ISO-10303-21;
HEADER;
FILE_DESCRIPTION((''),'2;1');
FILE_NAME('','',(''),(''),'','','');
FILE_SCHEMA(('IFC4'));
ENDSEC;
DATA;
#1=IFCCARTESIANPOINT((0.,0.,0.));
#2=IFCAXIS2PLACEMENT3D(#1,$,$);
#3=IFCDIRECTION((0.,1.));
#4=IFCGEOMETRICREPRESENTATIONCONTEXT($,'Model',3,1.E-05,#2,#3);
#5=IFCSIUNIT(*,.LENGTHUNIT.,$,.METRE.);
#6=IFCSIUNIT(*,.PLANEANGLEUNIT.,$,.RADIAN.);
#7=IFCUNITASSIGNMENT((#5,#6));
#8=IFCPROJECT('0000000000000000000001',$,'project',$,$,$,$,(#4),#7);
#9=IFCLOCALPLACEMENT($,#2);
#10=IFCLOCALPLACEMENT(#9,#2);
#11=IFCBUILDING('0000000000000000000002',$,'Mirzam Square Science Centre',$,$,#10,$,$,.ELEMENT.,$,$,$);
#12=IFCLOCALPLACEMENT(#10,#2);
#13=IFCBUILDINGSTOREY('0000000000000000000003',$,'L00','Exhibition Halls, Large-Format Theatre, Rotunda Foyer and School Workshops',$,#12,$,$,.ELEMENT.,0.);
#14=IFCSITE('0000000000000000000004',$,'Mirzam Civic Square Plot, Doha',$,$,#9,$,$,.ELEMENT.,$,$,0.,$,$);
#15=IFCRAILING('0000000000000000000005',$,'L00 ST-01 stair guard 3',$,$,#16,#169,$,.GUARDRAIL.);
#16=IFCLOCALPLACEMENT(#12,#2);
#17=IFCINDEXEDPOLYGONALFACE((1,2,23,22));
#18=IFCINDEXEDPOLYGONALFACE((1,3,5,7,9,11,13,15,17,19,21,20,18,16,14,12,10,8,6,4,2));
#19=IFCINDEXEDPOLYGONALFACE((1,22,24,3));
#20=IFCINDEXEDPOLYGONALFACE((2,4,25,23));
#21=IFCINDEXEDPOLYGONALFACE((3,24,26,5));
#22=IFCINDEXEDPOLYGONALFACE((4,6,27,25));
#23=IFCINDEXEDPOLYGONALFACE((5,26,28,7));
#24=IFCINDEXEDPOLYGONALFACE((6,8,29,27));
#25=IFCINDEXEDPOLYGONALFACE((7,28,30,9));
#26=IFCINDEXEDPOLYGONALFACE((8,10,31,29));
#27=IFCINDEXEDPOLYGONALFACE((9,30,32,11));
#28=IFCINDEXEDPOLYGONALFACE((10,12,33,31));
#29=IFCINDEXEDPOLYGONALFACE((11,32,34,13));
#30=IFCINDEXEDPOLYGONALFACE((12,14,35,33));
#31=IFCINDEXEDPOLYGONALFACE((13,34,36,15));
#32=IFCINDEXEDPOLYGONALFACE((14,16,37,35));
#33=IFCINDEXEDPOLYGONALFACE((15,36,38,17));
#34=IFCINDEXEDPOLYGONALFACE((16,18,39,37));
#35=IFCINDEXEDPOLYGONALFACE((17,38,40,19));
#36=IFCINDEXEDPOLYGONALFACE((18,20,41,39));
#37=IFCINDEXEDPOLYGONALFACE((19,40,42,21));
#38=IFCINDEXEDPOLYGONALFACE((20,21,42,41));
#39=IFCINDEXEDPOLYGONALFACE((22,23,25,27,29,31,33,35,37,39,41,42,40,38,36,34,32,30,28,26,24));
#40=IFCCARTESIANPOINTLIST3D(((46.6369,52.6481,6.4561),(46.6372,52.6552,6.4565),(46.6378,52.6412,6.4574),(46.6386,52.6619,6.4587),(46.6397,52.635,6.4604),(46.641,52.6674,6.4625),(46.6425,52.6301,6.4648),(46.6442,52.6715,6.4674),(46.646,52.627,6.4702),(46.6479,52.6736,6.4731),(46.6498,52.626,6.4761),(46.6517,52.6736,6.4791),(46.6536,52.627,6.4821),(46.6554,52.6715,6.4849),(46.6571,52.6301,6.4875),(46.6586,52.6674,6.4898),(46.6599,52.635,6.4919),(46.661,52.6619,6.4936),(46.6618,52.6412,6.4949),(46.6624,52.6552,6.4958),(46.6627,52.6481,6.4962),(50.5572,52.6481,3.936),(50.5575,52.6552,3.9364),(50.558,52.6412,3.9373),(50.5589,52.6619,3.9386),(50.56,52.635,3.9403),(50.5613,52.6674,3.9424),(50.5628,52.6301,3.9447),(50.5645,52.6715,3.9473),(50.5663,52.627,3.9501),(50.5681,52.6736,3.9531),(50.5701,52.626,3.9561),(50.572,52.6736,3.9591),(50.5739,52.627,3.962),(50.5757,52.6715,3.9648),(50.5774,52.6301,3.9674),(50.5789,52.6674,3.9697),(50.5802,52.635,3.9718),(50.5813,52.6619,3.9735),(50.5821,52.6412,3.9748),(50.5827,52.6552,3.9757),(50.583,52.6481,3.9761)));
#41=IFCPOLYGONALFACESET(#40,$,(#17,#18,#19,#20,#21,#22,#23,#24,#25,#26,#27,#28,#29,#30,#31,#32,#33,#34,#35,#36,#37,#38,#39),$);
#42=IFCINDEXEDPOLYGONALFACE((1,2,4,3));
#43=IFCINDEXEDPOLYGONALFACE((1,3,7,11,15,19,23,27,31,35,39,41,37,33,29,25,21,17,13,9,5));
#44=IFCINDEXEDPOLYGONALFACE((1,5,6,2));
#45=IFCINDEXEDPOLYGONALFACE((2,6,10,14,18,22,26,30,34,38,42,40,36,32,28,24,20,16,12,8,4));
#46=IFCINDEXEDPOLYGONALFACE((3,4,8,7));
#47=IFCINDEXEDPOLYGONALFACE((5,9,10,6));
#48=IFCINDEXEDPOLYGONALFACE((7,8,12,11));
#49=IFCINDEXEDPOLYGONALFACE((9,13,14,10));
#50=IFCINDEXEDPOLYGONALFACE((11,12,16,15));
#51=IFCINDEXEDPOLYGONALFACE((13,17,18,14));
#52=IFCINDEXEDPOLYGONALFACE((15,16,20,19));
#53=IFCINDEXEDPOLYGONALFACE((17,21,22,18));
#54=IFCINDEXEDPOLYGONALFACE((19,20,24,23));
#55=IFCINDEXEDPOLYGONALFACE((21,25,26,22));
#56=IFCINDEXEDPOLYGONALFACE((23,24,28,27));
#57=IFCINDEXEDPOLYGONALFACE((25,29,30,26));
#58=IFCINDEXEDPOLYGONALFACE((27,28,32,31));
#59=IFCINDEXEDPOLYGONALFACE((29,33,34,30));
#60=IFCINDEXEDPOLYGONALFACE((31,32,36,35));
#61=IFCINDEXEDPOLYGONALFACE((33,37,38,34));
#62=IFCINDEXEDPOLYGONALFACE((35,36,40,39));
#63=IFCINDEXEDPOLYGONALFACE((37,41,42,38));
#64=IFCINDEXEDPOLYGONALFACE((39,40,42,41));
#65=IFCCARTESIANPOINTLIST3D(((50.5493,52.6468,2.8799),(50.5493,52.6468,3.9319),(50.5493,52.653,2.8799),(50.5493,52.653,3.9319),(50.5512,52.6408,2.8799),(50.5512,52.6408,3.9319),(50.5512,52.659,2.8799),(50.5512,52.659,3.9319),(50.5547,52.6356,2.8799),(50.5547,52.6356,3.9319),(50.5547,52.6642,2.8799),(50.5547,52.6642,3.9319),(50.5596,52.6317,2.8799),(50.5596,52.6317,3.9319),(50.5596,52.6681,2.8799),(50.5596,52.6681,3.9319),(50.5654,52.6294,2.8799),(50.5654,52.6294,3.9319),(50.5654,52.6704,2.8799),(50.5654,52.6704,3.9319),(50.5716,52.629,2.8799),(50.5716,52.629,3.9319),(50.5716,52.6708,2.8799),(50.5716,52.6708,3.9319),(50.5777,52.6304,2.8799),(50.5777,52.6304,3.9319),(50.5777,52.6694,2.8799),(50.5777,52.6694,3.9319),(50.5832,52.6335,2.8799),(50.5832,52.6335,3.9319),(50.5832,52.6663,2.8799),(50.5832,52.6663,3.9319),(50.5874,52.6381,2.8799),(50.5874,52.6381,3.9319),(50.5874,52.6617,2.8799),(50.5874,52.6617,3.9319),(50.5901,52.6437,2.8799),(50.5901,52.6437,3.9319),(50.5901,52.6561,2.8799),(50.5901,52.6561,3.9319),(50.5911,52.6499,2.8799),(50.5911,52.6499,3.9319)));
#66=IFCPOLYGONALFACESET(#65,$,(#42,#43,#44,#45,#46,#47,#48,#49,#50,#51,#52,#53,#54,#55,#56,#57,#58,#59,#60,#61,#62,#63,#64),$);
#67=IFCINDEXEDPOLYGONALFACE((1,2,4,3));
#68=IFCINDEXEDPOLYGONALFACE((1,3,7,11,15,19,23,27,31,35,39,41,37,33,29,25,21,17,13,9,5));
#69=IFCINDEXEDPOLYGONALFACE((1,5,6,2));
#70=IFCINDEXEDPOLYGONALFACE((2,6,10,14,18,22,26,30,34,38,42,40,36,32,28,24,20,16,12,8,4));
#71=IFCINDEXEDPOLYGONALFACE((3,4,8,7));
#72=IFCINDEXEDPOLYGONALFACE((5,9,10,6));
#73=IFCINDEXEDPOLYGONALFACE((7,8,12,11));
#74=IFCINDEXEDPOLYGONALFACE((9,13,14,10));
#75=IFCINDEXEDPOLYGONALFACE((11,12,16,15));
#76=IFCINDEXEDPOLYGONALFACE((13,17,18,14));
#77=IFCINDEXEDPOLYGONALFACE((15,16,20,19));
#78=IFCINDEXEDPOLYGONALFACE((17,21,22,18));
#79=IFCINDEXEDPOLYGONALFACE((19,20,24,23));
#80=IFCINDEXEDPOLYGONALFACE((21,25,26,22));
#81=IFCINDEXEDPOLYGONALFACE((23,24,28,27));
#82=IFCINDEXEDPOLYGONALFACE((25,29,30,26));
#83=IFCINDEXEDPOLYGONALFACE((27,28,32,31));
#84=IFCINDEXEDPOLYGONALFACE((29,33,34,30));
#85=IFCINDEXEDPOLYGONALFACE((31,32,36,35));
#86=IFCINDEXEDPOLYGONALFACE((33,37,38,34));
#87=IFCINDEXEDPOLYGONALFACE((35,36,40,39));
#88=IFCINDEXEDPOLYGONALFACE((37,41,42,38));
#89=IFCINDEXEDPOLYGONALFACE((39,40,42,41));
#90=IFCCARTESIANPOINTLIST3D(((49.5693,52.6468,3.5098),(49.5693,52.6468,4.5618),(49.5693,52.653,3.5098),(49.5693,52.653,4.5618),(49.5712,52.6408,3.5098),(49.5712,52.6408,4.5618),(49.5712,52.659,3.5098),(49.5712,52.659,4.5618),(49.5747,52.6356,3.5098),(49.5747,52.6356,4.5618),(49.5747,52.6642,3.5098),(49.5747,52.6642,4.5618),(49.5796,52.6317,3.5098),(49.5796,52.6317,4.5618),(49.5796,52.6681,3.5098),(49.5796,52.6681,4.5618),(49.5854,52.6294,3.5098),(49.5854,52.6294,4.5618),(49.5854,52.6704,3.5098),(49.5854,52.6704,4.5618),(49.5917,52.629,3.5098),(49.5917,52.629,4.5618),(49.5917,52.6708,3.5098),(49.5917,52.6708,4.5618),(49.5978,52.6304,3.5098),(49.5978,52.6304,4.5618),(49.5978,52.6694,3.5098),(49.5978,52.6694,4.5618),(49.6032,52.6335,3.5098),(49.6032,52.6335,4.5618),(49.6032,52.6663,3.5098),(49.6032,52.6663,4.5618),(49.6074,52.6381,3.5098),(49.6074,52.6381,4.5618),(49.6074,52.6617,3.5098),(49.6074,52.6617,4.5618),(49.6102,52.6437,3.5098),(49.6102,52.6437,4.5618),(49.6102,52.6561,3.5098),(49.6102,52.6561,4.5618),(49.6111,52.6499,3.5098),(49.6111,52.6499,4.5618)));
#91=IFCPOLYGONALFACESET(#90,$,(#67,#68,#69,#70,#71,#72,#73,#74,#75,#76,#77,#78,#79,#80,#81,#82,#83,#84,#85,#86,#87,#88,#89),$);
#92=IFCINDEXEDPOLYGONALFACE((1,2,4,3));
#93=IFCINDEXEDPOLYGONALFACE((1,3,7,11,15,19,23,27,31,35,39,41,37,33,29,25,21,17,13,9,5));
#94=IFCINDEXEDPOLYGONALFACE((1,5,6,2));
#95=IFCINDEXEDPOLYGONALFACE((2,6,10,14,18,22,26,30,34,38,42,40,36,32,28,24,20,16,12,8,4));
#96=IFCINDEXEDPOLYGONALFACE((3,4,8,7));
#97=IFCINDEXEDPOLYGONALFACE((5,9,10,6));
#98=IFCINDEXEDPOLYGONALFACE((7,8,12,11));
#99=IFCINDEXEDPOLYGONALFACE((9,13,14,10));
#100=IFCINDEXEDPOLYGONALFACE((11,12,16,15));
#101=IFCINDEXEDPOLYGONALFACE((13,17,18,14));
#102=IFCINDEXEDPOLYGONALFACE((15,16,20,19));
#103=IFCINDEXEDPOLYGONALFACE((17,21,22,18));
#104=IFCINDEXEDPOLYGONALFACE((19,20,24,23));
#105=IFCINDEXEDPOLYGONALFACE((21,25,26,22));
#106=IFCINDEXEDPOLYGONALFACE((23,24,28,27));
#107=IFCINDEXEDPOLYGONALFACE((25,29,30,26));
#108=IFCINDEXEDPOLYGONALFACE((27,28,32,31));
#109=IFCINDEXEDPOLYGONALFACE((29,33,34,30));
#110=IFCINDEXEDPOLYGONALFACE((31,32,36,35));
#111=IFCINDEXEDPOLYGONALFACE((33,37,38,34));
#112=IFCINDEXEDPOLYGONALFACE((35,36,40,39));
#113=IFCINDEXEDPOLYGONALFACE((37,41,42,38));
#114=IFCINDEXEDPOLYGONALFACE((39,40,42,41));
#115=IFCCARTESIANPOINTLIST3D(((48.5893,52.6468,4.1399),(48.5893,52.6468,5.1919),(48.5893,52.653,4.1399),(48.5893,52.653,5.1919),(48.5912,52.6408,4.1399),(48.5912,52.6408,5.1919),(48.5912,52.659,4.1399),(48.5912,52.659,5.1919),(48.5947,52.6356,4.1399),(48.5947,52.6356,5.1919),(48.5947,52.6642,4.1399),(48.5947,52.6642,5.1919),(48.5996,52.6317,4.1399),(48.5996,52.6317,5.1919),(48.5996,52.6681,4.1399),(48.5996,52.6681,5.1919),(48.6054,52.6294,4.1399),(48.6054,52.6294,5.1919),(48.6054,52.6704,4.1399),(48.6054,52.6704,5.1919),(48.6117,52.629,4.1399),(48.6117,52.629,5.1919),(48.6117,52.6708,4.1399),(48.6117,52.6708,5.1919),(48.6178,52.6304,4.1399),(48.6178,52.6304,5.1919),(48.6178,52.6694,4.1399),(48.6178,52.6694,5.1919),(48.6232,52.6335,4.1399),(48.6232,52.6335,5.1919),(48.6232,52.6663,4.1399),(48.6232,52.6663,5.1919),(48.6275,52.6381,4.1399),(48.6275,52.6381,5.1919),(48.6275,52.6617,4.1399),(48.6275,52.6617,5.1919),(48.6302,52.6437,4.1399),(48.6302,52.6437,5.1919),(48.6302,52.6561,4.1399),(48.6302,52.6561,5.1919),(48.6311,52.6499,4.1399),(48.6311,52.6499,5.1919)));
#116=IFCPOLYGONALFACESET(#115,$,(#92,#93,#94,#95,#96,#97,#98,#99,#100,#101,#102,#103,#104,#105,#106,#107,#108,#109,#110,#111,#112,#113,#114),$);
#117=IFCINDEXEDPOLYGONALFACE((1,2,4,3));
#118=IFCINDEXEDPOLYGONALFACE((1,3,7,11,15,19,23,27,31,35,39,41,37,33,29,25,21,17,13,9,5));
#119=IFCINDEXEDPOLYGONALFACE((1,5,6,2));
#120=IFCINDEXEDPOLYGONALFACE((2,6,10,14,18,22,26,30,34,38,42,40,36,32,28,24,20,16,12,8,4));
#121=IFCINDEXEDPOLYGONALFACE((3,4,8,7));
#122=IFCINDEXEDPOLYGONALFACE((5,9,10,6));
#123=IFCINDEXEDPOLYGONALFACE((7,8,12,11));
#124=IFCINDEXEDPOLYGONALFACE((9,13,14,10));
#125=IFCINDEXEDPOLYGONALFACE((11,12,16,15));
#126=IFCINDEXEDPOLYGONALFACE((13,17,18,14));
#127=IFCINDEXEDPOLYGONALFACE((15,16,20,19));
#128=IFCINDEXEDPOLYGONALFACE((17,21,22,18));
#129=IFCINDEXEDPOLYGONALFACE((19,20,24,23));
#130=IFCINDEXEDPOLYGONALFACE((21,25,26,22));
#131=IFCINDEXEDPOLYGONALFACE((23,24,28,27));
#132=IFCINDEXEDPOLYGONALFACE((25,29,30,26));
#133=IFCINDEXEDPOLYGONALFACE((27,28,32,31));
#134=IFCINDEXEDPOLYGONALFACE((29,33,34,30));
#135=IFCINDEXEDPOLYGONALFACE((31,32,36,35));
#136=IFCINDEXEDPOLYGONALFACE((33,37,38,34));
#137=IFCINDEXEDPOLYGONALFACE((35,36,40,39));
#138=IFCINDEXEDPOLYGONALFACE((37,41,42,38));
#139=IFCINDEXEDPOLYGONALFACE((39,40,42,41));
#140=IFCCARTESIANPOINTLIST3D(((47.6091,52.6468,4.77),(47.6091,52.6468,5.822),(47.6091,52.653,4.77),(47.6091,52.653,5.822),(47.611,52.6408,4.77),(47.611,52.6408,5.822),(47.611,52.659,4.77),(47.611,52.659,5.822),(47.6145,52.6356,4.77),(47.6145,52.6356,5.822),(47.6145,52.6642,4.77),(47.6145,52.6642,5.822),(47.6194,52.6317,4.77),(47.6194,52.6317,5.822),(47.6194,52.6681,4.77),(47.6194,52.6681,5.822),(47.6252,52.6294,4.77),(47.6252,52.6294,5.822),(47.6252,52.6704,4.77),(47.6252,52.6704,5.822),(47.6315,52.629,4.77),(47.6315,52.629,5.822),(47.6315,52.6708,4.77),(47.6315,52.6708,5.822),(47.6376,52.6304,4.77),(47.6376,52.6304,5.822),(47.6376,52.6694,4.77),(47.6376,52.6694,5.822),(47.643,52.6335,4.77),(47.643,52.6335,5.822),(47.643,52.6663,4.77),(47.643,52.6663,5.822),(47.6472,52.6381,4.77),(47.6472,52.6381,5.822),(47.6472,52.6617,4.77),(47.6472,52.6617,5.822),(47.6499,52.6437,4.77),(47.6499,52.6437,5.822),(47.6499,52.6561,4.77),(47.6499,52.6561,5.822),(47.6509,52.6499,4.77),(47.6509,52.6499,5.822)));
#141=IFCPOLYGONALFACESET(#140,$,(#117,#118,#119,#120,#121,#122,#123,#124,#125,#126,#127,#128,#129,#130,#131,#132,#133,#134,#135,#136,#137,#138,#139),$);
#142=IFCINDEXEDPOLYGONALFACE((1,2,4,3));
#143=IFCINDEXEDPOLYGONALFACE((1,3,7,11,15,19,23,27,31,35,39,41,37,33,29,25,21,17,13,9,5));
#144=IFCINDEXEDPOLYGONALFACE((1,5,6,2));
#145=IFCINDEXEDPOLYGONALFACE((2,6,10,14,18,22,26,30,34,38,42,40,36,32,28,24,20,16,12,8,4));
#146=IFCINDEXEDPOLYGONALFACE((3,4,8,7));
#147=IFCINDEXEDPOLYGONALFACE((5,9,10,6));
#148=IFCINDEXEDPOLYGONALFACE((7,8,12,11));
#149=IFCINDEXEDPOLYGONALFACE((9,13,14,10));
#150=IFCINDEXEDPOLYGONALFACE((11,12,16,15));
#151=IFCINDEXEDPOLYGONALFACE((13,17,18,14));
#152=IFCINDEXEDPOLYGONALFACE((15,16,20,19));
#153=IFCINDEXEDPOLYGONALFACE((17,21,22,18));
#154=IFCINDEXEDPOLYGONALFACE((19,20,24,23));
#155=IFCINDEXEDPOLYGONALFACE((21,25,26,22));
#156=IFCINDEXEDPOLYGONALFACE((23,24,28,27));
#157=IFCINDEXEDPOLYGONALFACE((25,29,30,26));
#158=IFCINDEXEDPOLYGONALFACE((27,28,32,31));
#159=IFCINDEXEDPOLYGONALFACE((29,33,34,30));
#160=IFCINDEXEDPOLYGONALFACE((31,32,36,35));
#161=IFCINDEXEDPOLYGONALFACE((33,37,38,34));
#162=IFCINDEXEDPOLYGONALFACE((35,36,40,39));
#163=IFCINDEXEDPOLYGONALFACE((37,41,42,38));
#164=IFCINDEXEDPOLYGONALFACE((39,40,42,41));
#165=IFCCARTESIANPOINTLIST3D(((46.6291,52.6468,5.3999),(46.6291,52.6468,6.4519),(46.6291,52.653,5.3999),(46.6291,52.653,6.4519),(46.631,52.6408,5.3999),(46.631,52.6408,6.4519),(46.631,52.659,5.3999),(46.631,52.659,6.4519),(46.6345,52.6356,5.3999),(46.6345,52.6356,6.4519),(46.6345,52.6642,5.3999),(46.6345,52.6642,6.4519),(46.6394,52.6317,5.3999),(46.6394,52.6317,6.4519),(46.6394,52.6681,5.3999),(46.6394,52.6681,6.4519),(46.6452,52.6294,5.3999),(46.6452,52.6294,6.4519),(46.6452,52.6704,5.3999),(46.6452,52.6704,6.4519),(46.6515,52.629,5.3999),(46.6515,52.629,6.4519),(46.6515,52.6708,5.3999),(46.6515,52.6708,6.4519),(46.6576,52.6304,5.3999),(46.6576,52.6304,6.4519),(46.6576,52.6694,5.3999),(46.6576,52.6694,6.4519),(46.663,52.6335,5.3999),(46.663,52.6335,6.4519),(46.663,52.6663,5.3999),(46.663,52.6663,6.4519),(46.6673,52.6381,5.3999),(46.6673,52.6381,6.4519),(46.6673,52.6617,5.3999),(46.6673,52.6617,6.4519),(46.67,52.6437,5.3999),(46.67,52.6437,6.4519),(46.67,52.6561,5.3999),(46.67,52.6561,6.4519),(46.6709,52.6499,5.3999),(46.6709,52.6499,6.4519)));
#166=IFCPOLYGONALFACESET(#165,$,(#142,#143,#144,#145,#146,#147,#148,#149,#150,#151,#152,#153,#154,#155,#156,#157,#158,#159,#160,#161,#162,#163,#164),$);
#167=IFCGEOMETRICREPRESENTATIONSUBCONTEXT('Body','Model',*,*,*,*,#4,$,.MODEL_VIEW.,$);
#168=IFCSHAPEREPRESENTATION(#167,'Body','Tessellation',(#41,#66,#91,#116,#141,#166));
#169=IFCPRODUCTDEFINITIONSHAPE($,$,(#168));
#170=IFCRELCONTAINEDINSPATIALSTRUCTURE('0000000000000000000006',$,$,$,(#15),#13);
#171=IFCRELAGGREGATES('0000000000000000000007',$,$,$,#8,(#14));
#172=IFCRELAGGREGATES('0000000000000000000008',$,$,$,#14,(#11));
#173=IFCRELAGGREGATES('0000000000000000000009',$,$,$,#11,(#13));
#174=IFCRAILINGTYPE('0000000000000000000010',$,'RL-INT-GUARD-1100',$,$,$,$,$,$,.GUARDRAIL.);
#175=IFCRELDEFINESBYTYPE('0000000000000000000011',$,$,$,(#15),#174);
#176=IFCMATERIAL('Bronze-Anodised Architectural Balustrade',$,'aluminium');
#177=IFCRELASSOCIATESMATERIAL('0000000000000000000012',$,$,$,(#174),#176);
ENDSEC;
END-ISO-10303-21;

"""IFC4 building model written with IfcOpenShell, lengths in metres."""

from ifc_helpers import new_model, si_unit, direction, frame, origin, origin_2d, place, context, subcontext, project, spatial, circle, extrude, material, type_object, element, save


model = new_model("IFC4")

# Units and contexts
model_context = context("Model", 3, precision=1e-05, world=origin(), true_north=direction((0.0, 1.0)))
body_context = subcontext(model_context, "Body", "Model", "MODEL_VIEW")
ifc_project = project(units=[si_unit("LENGTHUNIT", "METRE"), si_unit("PLANEANGLEUNIT", "RADIAN")], contexts=[model_context])

# Site, building, storey
site_placement = place(None, origin())
site = spatial("IfcSite", under=ifc_project, at=site_placement, Name="Mirzam Civic Square Plot, Doha", CompositionType="ELEMENT", RefElevation=0.0)
building_placement = place(site_placement, origin())
building = spatial("IfcBuilding", under=site, at=building_placement, Name="Mirzam Square Science Centre", CompositionType="ELEMENT")
storey_placement = place(building_placement, origin())
storey = spatial("IfcBuildingStorey", under=building, at=storey_placement, Name="L00", Description="Exhibition Halls, Large-Format Theatre, Rotunda Foyer and School Workshops", CompositionType="ELEMENT", Elevation=0.0)

# Railing
ifc_material_1 = material(Name="Bronze-Anodised Architectural Balustrade", Category="aluminium")
railing_type_1 = type_object("IfcRailingType", Name="RL-INT-GUARD-1100", PredefinedType="GUARDRAIL", material=ifc_material_1)
railing_1_placement = place(storey_placement, frame((50.5701, 52.6499, 2.8799)))
element("IfcRailing", 1, at=railing_1_placement, inside=storey, type_object=railing_type_1, Name="L00 ST-01 stair guard 3", PredefinedType="GUARDRAIL", context=body_context, shape_type="SweptSolid", body=[
    extrude(circle(Radius=0.0239, at=origin_2d()), frame((0.0, 0.0, 1.0762), z_axis=(-0.841187, 0.0, 0.540744), x_axis=(0.0, -1.0, 0.0)), (0.0, 0.0, 1.0), 4.6604),
    extrude(circle(Radius=0.021, at=origin_2d()), origin(), (0.0, 0.0, 1.0), 1.052),
    extrude(circle(Radius=0.021, at=origin_2d()), frame((-0.98, 0.0, 0.6299)), (0.0, 0.0, 1.0), 1.052),
    extrude(circle(Radius=0.021, at=origin_2d()), frame((-1.96, 0.0, 1.26)), (0.0, 0.0, 1.0), 1.052),
    extrude(circle(Radius=0.021, at=origin_2d()), frame((-2.9402, 0.0, 1.8901)), (0.0, 0.0, 1.0), 1.052),
    extrude(circle(Radius=0.021, at=origin_2d()), frame((-3.9202, 0.0, 2.52)), (0.0, 0.0, 1.0), 1.052),
])

save(model, "model.ifc")
